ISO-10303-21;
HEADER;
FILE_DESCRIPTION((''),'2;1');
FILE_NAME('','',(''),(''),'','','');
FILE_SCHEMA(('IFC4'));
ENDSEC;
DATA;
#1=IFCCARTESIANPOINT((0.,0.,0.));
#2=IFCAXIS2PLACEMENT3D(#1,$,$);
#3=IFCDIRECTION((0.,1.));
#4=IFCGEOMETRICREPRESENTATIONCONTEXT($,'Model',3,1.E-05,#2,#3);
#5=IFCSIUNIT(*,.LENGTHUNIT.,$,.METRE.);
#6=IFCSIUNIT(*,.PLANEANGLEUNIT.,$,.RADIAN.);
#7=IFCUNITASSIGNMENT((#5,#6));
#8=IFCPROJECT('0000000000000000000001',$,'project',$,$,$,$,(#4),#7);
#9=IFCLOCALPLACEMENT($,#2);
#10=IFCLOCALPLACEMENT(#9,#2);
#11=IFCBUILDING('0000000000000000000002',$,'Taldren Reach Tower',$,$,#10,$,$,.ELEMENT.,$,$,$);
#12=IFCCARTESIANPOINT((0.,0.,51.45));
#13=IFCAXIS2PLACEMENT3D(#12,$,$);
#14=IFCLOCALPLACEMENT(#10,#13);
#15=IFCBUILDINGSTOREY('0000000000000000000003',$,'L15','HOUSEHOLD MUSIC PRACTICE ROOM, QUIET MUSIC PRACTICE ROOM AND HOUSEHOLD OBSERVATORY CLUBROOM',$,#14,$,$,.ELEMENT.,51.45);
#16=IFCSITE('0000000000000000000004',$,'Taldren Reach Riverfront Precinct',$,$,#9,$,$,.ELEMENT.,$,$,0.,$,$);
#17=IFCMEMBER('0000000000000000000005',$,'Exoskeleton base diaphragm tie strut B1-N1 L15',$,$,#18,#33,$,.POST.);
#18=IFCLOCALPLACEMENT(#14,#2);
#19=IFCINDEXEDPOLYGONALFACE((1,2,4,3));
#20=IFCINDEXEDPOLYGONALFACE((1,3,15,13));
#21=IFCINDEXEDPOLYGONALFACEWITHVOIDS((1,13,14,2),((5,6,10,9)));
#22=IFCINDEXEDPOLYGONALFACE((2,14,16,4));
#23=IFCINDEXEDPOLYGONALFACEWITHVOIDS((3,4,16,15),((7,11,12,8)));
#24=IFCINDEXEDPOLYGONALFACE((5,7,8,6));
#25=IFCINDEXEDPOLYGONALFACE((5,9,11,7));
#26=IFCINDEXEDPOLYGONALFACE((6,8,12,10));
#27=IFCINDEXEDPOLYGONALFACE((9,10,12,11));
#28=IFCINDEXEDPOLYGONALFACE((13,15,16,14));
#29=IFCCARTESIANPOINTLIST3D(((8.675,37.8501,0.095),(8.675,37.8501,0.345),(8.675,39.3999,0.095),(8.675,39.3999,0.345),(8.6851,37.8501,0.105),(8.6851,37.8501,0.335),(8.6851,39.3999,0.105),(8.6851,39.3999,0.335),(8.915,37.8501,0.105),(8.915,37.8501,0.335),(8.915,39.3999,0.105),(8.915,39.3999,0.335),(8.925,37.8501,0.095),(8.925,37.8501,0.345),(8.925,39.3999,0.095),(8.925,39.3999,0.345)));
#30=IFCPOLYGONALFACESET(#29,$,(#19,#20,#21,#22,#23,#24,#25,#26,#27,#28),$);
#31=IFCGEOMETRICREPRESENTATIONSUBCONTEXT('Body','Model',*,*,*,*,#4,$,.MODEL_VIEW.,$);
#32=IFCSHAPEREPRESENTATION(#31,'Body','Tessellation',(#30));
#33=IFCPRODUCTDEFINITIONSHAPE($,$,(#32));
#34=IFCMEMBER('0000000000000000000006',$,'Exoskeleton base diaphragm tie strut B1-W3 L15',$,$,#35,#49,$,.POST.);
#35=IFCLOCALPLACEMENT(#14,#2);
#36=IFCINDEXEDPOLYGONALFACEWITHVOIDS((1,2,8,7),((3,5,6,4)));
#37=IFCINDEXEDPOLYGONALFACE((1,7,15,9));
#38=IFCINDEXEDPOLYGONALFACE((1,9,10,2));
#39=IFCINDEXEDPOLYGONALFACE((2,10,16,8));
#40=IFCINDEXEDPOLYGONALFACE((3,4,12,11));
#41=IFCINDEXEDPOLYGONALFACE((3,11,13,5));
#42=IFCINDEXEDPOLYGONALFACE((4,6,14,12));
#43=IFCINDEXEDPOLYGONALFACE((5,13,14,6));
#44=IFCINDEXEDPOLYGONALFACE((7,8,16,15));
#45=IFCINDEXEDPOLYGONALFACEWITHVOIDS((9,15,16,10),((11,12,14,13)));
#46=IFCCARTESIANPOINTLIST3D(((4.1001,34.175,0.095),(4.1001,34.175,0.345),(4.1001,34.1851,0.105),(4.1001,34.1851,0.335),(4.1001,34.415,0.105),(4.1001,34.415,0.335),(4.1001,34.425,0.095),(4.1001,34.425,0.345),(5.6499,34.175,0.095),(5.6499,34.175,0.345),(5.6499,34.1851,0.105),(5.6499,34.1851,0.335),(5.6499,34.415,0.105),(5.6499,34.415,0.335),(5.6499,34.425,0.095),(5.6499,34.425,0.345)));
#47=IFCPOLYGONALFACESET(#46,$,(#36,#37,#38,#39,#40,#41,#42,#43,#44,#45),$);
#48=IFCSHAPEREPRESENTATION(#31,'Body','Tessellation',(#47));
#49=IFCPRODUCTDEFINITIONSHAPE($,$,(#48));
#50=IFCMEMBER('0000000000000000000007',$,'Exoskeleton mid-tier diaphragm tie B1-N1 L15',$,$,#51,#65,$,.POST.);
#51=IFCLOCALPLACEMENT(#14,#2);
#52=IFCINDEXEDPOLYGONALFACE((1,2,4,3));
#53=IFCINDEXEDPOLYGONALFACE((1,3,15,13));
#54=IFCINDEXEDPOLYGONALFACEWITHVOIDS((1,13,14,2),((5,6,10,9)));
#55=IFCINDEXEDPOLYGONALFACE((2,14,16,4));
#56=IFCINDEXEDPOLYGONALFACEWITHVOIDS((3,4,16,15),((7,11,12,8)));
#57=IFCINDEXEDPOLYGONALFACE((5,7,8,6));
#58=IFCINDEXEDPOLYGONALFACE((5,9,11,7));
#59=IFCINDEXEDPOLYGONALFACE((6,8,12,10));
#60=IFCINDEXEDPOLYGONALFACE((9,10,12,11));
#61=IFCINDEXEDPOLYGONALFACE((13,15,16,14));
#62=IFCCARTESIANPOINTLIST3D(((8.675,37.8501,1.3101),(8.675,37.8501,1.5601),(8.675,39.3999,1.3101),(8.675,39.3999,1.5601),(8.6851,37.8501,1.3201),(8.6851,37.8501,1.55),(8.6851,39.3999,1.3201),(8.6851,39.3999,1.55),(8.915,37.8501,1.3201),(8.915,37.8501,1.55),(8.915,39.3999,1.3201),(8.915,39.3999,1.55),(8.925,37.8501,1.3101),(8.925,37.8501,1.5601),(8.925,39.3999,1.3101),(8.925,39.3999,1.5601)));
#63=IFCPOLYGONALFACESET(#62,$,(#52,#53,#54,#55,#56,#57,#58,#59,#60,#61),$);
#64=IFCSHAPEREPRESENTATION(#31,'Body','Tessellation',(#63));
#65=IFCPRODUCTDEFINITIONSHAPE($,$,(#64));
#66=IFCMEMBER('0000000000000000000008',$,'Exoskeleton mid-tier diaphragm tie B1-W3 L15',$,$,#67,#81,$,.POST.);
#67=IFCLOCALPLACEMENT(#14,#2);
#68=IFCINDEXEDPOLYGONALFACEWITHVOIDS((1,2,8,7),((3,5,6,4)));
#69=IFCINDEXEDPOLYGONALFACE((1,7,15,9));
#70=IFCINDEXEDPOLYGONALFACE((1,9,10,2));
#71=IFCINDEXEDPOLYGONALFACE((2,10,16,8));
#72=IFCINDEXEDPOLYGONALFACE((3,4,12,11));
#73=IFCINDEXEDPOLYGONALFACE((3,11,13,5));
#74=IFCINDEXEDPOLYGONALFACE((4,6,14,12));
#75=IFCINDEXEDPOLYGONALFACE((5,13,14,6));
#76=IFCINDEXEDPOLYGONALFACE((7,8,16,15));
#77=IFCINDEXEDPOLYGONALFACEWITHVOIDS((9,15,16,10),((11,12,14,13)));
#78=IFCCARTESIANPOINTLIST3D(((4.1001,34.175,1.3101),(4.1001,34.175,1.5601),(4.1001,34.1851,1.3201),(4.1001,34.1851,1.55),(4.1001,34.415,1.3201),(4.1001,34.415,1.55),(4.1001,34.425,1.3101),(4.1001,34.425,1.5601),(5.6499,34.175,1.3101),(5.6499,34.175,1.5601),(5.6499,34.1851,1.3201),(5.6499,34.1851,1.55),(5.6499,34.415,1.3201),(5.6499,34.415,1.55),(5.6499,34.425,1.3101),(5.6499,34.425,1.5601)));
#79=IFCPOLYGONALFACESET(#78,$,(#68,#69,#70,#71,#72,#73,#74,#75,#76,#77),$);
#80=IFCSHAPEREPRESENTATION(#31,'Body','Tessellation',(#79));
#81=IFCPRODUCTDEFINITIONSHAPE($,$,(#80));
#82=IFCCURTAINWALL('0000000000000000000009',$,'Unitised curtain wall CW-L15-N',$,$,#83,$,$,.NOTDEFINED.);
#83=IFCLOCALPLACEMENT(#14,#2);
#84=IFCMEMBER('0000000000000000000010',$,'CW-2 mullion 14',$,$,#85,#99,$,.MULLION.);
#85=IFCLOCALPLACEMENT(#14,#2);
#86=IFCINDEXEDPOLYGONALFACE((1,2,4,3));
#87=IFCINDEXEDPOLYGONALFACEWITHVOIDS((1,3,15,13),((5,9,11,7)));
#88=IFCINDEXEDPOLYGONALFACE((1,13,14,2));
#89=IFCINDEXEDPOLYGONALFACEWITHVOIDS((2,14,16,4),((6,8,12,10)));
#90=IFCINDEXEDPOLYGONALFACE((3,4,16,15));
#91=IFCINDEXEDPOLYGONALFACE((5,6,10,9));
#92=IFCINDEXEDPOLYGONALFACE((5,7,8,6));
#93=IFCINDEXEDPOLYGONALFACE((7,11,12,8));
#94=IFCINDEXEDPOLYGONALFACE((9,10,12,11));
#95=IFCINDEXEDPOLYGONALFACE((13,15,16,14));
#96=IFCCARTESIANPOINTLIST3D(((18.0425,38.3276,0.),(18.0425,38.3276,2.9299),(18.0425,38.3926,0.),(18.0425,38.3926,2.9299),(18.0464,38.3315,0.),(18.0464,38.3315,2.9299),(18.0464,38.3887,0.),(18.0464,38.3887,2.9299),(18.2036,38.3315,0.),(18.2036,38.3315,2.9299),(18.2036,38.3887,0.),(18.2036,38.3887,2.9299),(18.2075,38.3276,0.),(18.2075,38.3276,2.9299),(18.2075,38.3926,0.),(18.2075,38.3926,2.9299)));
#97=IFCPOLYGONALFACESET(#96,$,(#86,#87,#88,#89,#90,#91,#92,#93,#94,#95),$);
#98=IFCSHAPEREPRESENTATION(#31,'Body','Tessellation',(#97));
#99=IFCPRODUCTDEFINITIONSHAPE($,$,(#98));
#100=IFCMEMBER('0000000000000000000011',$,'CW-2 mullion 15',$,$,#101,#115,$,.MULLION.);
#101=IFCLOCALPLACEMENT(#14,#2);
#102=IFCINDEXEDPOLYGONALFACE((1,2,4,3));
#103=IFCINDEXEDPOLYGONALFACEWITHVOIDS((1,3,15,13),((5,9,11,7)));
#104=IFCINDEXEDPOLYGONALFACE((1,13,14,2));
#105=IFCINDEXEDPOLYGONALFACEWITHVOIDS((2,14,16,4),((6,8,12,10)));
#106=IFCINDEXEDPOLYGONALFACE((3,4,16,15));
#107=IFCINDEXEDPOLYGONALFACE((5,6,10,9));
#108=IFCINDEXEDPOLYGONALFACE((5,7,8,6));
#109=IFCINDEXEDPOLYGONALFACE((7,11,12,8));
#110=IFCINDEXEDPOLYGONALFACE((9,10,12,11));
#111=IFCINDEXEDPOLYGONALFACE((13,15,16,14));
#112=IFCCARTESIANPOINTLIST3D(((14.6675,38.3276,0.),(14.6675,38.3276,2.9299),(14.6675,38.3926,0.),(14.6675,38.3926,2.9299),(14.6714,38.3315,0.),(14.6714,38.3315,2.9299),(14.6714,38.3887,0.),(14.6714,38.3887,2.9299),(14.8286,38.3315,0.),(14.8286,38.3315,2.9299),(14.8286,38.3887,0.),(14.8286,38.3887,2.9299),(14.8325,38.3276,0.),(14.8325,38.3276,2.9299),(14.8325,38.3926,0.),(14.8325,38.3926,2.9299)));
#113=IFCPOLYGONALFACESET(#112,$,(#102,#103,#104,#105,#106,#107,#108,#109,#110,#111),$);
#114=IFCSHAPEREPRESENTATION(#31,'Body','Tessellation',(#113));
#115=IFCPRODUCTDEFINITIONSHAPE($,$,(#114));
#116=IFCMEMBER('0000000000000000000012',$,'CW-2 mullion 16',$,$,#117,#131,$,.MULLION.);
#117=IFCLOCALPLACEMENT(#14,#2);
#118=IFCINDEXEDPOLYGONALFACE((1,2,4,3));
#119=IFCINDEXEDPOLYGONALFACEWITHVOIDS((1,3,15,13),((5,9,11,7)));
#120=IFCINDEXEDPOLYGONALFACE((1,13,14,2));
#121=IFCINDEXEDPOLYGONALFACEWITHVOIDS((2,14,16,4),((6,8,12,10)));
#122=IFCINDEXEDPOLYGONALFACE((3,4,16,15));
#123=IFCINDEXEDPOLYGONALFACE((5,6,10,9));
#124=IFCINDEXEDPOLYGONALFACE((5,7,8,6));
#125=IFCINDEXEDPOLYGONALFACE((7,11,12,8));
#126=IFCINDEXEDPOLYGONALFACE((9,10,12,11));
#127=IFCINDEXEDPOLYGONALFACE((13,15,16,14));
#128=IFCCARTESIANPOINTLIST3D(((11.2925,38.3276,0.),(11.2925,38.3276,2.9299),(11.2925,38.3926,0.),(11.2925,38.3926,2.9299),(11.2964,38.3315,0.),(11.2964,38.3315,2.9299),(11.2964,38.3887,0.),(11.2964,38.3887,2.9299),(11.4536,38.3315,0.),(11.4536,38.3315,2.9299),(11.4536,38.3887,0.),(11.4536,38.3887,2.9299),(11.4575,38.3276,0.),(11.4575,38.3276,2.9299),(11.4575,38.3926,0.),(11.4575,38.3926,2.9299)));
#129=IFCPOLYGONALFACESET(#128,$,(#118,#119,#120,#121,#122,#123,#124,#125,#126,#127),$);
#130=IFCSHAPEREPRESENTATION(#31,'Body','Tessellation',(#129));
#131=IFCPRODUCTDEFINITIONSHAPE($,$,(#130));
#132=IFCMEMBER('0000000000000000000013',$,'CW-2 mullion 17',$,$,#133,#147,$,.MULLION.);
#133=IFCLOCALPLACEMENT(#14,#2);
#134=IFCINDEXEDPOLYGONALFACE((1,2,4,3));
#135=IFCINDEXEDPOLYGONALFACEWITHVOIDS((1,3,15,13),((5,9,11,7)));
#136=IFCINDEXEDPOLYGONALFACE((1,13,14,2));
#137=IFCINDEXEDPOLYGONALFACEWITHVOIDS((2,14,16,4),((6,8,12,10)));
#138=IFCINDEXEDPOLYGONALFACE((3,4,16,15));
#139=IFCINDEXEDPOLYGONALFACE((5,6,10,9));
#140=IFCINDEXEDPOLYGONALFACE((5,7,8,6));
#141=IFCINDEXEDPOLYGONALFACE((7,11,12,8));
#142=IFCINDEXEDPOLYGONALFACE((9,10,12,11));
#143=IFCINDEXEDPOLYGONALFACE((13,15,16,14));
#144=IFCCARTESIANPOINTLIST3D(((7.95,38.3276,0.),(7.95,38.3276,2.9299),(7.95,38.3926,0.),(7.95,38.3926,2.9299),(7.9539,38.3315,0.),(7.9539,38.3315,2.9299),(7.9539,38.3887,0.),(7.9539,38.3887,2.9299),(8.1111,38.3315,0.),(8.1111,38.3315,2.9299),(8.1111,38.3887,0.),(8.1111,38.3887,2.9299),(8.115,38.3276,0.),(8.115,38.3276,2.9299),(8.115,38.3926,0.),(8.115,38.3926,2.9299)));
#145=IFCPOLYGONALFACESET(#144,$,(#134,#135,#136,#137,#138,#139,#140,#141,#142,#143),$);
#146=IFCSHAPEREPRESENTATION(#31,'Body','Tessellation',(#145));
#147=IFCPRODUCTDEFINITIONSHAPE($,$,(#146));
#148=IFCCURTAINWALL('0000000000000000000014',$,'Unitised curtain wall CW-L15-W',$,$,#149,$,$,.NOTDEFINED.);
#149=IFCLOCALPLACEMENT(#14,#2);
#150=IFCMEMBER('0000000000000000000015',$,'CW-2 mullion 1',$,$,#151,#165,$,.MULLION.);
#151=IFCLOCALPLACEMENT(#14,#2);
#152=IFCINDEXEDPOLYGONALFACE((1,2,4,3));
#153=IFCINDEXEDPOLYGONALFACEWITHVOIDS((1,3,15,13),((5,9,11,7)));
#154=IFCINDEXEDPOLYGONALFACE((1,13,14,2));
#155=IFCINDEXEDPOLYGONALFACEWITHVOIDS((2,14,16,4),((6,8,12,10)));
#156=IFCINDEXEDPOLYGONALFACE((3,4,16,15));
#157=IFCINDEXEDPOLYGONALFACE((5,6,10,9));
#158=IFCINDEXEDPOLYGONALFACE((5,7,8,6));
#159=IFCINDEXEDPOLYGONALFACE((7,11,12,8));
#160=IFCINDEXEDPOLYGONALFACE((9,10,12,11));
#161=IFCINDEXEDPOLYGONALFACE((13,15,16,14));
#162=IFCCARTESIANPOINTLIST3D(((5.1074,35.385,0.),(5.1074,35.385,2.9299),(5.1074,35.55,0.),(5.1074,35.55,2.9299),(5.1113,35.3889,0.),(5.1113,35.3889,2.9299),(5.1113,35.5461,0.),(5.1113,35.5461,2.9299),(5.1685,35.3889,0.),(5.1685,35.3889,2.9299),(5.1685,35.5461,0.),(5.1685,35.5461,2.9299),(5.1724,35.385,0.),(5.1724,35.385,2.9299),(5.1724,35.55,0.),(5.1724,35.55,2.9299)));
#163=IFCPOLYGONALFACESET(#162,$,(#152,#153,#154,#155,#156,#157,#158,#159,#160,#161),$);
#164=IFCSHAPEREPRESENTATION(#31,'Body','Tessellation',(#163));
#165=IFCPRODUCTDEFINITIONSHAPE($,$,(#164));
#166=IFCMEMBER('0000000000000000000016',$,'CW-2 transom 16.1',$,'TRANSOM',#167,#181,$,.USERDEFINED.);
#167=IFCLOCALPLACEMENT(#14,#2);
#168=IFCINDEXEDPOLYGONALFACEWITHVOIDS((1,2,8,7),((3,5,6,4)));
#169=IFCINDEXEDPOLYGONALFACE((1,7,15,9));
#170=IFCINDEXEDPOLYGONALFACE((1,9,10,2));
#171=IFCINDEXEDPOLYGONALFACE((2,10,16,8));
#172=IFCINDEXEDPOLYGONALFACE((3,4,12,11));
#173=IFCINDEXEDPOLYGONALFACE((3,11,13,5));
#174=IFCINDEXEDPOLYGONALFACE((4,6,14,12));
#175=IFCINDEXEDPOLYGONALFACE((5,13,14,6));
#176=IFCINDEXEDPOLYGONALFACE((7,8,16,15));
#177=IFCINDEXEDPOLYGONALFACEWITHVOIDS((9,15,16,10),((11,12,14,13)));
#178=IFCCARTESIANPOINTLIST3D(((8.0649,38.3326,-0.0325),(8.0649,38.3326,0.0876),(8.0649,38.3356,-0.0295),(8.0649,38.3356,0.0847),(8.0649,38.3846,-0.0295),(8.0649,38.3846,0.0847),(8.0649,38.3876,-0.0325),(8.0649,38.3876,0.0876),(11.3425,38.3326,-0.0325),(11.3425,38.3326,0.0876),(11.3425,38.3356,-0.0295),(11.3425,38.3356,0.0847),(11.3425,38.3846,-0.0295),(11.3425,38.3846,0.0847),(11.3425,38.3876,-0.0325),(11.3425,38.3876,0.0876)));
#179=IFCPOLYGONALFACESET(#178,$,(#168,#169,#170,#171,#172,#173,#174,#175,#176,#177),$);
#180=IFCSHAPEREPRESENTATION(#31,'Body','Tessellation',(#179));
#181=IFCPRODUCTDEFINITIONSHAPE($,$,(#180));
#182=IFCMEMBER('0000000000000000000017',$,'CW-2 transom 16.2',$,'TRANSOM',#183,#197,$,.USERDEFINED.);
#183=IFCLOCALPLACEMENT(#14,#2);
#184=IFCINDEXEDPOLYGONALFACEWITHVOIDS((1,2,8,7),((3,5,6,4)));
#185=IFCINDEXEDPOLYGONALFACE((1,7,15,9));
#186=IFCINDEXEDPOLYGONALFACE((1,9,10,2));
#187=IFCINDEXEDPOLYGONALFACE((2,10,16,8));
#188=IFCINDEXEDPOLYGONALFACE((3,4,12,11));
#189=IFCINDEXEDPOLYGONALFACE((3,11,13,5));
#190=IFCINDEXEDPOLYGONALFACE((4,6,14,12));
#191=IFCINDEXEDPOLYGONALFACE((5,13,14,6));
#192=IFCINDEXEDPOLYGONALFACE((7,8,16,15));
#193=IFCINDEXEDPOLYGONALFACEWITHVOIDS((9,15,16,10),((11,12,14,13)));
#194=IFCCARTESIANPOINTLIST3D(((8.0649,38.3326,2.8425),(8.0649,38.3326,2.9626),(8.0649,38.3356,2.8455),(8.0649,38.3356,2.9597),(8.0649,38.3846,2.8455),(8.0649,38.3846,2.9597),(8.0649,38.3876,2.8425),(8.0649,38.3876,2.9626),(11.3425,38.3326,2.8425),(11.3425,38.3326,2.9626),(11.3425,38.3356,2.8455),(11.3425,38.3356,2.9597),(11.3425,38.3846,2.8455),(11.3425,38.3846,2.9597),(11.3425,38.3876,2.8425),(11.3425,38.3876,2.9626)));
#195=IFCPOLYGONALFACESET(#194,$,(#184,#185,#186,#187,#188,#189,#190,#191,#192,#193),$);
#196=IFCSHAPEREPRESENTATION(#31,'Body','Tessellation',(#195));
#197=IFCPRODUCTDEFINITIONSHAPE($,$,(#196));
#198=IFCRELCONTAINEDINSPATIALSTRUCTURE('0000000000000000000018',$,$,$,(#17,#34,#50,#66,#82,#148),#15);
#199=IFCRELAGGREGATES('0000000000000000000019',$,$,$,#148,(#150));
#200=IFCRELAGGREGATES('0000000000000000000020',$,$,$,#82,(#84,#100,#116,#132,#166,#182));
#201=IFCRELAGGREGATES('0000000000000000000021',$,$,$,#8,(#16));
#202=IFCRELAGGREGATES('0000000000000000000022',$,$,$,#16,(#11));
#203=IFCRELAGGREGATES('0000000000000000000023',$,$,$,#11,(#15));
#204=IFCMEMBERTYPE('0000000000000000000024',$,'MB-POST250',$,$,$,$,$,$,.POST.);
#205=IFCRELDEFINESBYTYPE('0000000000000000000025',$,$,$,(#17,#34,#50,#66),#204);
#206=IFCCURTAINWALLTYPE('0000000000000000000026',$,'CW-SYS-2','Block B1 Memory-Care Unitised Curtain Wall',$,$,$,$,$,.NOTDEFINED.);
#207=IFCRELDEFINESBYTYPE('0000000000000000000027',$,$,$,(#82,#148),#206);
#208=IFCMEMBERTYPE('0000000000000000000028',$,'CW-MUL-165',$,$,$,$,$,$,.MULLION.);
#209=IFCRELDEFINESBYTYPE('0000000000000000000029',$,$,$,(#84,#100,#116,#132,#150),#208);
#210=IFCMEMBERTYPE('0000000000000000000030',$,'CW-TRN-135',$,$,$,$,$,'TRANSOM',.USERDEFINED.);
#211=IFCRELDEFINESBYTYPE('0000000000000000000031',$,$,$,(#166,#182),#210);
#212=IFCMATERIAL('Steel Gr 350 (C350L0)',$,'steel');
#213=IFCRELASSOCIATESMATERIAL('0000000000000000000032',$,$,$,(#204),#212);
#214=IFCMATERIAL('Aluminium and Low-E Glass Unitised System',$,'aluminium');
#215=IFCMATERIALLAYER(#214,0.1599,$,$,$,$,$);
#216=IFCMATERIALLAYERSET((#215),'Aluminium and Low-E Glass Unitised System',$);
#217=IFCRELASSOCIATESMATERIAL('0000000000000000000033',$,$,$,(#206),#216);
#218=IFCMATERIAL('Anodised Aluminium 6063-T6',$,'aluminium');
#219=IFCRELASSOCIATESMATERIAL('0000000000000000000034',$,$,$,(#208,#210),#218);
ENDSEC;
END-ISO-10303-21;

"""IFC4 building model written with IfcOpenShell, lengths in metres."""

from ifc_helpers import new_model, si_unit, direction, frame, origin, origin_2d, place, context, subcontext, project, spatial, hollow_rectangle, extrude, source, transform, mapped, material, layer, layer_set, material_profile, profile_set, type_object, element, aggregate, save


model = new_model("IFC4")

# Units and contexts
model_context = context("Model", 3, precision=1e-05, world=origin(), true_north=direction((0.0, 1.0)))
body_context = subcontext(model_context, "Body", "Model", "MODEL_VIEW")
ifc_project = project(units=[si_unit("LENGTHUNIT", "METRE"), si_unit("PLANEANGLEUNIT", "RADIAN")], contexts=[model_context])

# Site, building, storey
site_placement = place(None, origin())
site = spatial("IfcSite", under=ifc_project, at=site_placement, Name="Taldren Reach Riverfront Precinct", CompositionType="ELEMENT", RefElevation=0.0)
building_placement = place(site_placement, origin())
building = spatial("IfcBuilding", under=site, at=building_placement, Name="Taldren Reach Tower", CompositionType="ELEMENT")
storey_placement = place(building_placement, frame((0.0, 0.0, 51.45)))
storey = spatial("IfcBuildingStorey", under=building, at=storey_placement, Name="L15", Description="HOUSEHOLD MUSIC PRACTICE ROOM, QUIET MUSIC PRACTICE ROOM AND HOUSEHOLD OBSERVATORY CLUBROOM", CompositionType="ELEMENT", Elevation=51.45)

# Members
ifc_material_1 = material(Name="Steel Gr 350 (C350L0)", Category="steel")
ifc_material_profile_1 = material_profile(ifc_material_1, hollow_rectangle(XDim=0.25, YDim=0.25, WallThickness=0.01, at=origin_2d()), Name="250x250x10.0SHS")
ifc_profile_set_1 = profile_set([ifc_material_profile_1], Name="Steel Gr 350 (C350L0)")
member_type_1 = type_object("IfcMemberType", Name="MB-POST250", PredefinedType="POST", material=ifc_profile_set_1)
shared_shape_1 = source(origin(), body_context, "Body", "SweptSolid", [
    extrude(hollow_rectangle(XDim=0.25, YDim=0.25, WallThickness=0.01, at=origin_2d()), origin(), (0.0, 0.0, 1.0), 1.5498),
])
for number, where, z_axis, x_axis, name in (
    (1, (8.8, 37.8501, 0.22), (0.0, 1.0, 0.0), (-1.0, 0.0, 0.0), "Exoskeleton base diaphragm tie strut B1-N1 L15"),
    (2, (5.6499, 34.3, 0.22), (-1.0, 0.0, 0.0), (0.0, -1.0, 0.0), "Exoskeleton base diaphragm tie strut B1-W3 L15"),
    (3, (8.8, 37.8501, 1.4351), (0.0, 1.0, 0.0), (-1.0, 0.0, 0.0), "Exoskeleton mid-tier diaphragm tie B1-N1 L15"),
    (4, (5.6499, 34.3, 1.4351), (-1.0, 0.0, 0.0), (0.0, -1.0, 0.0), "Exoskeleton mid-tier diaphragm tie B1-W3 L15"),
):
    element("IfcMember", number, at=place(storey_placement, frame(where, z_axis=z_axis, x_axis=x_axis)), inside=storey, type_object=member_type_1, Name=name, PredefinedType="POST", context=body_context, shape_type="MappedRepresentation", body=[
        mapped(shared_shape_1, transform((0.0, 0.0, 0.0), scale=1.0)),
    ])

# Curtain wall, members
ifc_material_2 = material(Name="Aluminium and Low-E Glass Unitised System", Category="aluminium")
ifc_layer_1 = layer(ifc_material_2, 0.1599)
ifc_layer_set_1 = layer_set([ifc_layer_1], Name="Aluminium and Low-E Glass Unitised System")
curtain_wall_type = type_object("IfcCurtainWallType", Name="CW-SYS-2", Description="Block B1 Memory-Care Unitised Curtain Wall", PredefinedType="NOTDEFINED", material=ifc_layer_set_1)
curtain_wall_1_placement = place(storey_placement, origin())
curtain_wall_1 = element("IfcCurtainWall", 5, at=curtain_wall_1_placement, inside=storey, type_object=curtain_wall_type, Name="Unitised curtain wall CW-L15-N", PredefinedType="NOTDEFINED")
ifc_material_3 = material(Name="Anodised Aluminium 6063-T6", Category="aluminium")
ifc_material_profile_2 = material_profile(ifc_material_3, hollow_rectangle(XDim=0.0649, YDim=0.165, WallThickness=0.0039, at=origin_2d()), Name="ALU-165x65x4RHS")
ifc_profile_set_2 = profile_set([ifc_material_profile_2], Name="Anodised Aluminium 6063-T6")
member_type_2 = type_object("IfcMemberType", Name="CW-MUL-165", PredefinedType="MULLION", material=ifc_profile_set_2)
shared_shape_2 = source(origin(), body_context, "Body", "SweptSolid", [
    extrude(hollow_rectangle(XDim=0.0649, YDim=0.165, WallThickness=0.0039, at=origin_2d()), origin(), (0.0, 0.0, 1.0), 2.9299),
])
member_1_placement = place(storey_placement, frame((18.125, 38.3601, 0.0), z_axis=(0.0, 0.0, 1.0), x_axis=(0.0, -1.0, 0.0)))
member_1 = element("IfcMember", 6, at=member_1_placement, type_object=member_type_2, Name="CW-2 mullion 14", PredefinedType="MULLION", context=body_context, shape_type="MappedRepresentation", body=[
    mapped(shared_shape_2, transform((0.0, 0.0, 0.0), scale=1.0)),
])
member_2_placement = place(storey_placement, frame((14.75, 38.3601, 0.0), z_axis=(0.0, 0.0, 1.0), x_axis=(0.0, -1.0, 0.0)))
member_2 = element("IfcMember", 7, at=member_2_placement, type_object=member_type_2, Name="CW-2 mullion 15", PredefinedType="MULLION", context=body_context, shape_type="MappedRepresentation", body=[
    mapped(shared_shape_2, transform((0.0, 0.0, 0.0), scale=1.0)),
])
member_3_placement = place(storey_placement, frame((11.375, 38.3601, 0.0), z_axis=(0.0, 0.0, 1.0), x_axis=(0.0, -1.0, 0.0)))
member_3 = element("IfcMember", 8, at=member_3_placement, type_object=member_type_2, Name="CW-2 mullion 16", PredefinedType="MULLION", context=body_context, shape_type="MappedRepresentation", body=[
    mapped(shared_shape_2, transform((0.0, 0.0, 0.0), scale=1.0)),
])
member_4_placement = place(storey_placement, frame((8.0325, 38.3601, 0.0), z_axis=(0.0, 0.0, 1.0), x_axis=(0.0, -1.0, 0.0)))
member_4 = element("IfcMember", 9, at=member_4_placement, type_object=member_type_2, Name="CW-2 mullion 17", PredefinedType="MULLION", context=body_context, shape_type="MappedRepresentation", body=[
    mapped(shared_shape_2, transform((0.0, 0.0, 0.0), scale=1.0)),
])

# Curtain wall, member
curtain_wall_2_placement = place(storey_placement, origin())
curtain_wall_2 = element("IfcCurtainWall", 10, at=curtain_wall_2_placement, inside=storey, type_object=curtain_wall_type, Name="Unitised curtain wall CW-L15-W", PredefinedType="NOTDEFINED")
member_5_placement = place(storey_placement, frame((5.1399, 35.4675, 0.0), z_axis=(0.0, 0.0, 1.0), x_axis=(1.0, 0.0, 0.0)))
member_5 = element("IfcMember", 11, at=member_5_placement, type_object=member_type_2, Name="CW-2 mullion 1", PredefinedType="MULLION", context=body_context, shape_type="MappedRepresentation", body=[
    mapped(shared_shape_2, transform((0.0, 0.0, 0.0), scale=1.0)),
])

# Members
ifc_material_profile_3 = material_profile(ifc_material_3, hollow_rectangle(XDim=0.0549, YDim=0.1201, WallThickness=0.0029, at=origin_2d()), Name="ALU-120x55x3RHS")
ifc_profile_set_3 = profile_set([ifc_material_profile_3], Name="Anodised Aluminium 6063-T6")
member_type_3 = type_object("IfcMemberType", Name="CW-TRN-135", ElementType="TRANSOM", PredefinedType="USERDEFINED", material=ifc_profile_set_3)
shared_shape_3 = source(origin(), body_context, "Body", "SweptSolid", [
    extrude(hollow_rectangle(XDim=0.0549, YDim=0.1201, WallThickness=0.0029, at=origin_2d()), origin(), (0.0, 0.0, 1.0), 3.2776),
])
member_6_placement = place(storey_placement, frame((11.3425, 38.3601, 0.0276), z_axis=(-1.0, 0.0, 0.0), x_axis=(0.0, -1.0, 0.0)))
member_6 = element("IfcMember", 12, at=member_6_placement, type_object=member_type_3, Name="CW-2 transom 16.1", ObjectType="TRANSOM", PredefinedType="USERDEFINED", context=body_context, shape_type="MappedRepresentation", body=[
    mapped(shared_shape_3, transform((0.0, 0.0, 0.0), scale=1.0)),
])
member_7_placement = place(storey_placement, frame((11.3425, 38.3601, 2.9026), z_axis=(-1.0, 0.0, 0.0), x_axis=(0.0, -1.0, 0.0)))
member_7 = element("IfcMember", 13, at=member_7_placement, type_object=member_type_3, Name="CW-2 transom 16.2", ObjectType="TRANSOM", PredefinedType="USERDEFINED", context=body_context, shape_type="MappedRepresentation", body=[
    mapped(shared_shape_3, transform((0.0, 0.0, 0.0), scale=1.0)),
])
aggregate(curtain_wall_2, [member_5])

aggregate(curtain_wall_1, [member_1, member_2, member_3, member_4, member_6, member_7])

save(model, "model.ifc")
